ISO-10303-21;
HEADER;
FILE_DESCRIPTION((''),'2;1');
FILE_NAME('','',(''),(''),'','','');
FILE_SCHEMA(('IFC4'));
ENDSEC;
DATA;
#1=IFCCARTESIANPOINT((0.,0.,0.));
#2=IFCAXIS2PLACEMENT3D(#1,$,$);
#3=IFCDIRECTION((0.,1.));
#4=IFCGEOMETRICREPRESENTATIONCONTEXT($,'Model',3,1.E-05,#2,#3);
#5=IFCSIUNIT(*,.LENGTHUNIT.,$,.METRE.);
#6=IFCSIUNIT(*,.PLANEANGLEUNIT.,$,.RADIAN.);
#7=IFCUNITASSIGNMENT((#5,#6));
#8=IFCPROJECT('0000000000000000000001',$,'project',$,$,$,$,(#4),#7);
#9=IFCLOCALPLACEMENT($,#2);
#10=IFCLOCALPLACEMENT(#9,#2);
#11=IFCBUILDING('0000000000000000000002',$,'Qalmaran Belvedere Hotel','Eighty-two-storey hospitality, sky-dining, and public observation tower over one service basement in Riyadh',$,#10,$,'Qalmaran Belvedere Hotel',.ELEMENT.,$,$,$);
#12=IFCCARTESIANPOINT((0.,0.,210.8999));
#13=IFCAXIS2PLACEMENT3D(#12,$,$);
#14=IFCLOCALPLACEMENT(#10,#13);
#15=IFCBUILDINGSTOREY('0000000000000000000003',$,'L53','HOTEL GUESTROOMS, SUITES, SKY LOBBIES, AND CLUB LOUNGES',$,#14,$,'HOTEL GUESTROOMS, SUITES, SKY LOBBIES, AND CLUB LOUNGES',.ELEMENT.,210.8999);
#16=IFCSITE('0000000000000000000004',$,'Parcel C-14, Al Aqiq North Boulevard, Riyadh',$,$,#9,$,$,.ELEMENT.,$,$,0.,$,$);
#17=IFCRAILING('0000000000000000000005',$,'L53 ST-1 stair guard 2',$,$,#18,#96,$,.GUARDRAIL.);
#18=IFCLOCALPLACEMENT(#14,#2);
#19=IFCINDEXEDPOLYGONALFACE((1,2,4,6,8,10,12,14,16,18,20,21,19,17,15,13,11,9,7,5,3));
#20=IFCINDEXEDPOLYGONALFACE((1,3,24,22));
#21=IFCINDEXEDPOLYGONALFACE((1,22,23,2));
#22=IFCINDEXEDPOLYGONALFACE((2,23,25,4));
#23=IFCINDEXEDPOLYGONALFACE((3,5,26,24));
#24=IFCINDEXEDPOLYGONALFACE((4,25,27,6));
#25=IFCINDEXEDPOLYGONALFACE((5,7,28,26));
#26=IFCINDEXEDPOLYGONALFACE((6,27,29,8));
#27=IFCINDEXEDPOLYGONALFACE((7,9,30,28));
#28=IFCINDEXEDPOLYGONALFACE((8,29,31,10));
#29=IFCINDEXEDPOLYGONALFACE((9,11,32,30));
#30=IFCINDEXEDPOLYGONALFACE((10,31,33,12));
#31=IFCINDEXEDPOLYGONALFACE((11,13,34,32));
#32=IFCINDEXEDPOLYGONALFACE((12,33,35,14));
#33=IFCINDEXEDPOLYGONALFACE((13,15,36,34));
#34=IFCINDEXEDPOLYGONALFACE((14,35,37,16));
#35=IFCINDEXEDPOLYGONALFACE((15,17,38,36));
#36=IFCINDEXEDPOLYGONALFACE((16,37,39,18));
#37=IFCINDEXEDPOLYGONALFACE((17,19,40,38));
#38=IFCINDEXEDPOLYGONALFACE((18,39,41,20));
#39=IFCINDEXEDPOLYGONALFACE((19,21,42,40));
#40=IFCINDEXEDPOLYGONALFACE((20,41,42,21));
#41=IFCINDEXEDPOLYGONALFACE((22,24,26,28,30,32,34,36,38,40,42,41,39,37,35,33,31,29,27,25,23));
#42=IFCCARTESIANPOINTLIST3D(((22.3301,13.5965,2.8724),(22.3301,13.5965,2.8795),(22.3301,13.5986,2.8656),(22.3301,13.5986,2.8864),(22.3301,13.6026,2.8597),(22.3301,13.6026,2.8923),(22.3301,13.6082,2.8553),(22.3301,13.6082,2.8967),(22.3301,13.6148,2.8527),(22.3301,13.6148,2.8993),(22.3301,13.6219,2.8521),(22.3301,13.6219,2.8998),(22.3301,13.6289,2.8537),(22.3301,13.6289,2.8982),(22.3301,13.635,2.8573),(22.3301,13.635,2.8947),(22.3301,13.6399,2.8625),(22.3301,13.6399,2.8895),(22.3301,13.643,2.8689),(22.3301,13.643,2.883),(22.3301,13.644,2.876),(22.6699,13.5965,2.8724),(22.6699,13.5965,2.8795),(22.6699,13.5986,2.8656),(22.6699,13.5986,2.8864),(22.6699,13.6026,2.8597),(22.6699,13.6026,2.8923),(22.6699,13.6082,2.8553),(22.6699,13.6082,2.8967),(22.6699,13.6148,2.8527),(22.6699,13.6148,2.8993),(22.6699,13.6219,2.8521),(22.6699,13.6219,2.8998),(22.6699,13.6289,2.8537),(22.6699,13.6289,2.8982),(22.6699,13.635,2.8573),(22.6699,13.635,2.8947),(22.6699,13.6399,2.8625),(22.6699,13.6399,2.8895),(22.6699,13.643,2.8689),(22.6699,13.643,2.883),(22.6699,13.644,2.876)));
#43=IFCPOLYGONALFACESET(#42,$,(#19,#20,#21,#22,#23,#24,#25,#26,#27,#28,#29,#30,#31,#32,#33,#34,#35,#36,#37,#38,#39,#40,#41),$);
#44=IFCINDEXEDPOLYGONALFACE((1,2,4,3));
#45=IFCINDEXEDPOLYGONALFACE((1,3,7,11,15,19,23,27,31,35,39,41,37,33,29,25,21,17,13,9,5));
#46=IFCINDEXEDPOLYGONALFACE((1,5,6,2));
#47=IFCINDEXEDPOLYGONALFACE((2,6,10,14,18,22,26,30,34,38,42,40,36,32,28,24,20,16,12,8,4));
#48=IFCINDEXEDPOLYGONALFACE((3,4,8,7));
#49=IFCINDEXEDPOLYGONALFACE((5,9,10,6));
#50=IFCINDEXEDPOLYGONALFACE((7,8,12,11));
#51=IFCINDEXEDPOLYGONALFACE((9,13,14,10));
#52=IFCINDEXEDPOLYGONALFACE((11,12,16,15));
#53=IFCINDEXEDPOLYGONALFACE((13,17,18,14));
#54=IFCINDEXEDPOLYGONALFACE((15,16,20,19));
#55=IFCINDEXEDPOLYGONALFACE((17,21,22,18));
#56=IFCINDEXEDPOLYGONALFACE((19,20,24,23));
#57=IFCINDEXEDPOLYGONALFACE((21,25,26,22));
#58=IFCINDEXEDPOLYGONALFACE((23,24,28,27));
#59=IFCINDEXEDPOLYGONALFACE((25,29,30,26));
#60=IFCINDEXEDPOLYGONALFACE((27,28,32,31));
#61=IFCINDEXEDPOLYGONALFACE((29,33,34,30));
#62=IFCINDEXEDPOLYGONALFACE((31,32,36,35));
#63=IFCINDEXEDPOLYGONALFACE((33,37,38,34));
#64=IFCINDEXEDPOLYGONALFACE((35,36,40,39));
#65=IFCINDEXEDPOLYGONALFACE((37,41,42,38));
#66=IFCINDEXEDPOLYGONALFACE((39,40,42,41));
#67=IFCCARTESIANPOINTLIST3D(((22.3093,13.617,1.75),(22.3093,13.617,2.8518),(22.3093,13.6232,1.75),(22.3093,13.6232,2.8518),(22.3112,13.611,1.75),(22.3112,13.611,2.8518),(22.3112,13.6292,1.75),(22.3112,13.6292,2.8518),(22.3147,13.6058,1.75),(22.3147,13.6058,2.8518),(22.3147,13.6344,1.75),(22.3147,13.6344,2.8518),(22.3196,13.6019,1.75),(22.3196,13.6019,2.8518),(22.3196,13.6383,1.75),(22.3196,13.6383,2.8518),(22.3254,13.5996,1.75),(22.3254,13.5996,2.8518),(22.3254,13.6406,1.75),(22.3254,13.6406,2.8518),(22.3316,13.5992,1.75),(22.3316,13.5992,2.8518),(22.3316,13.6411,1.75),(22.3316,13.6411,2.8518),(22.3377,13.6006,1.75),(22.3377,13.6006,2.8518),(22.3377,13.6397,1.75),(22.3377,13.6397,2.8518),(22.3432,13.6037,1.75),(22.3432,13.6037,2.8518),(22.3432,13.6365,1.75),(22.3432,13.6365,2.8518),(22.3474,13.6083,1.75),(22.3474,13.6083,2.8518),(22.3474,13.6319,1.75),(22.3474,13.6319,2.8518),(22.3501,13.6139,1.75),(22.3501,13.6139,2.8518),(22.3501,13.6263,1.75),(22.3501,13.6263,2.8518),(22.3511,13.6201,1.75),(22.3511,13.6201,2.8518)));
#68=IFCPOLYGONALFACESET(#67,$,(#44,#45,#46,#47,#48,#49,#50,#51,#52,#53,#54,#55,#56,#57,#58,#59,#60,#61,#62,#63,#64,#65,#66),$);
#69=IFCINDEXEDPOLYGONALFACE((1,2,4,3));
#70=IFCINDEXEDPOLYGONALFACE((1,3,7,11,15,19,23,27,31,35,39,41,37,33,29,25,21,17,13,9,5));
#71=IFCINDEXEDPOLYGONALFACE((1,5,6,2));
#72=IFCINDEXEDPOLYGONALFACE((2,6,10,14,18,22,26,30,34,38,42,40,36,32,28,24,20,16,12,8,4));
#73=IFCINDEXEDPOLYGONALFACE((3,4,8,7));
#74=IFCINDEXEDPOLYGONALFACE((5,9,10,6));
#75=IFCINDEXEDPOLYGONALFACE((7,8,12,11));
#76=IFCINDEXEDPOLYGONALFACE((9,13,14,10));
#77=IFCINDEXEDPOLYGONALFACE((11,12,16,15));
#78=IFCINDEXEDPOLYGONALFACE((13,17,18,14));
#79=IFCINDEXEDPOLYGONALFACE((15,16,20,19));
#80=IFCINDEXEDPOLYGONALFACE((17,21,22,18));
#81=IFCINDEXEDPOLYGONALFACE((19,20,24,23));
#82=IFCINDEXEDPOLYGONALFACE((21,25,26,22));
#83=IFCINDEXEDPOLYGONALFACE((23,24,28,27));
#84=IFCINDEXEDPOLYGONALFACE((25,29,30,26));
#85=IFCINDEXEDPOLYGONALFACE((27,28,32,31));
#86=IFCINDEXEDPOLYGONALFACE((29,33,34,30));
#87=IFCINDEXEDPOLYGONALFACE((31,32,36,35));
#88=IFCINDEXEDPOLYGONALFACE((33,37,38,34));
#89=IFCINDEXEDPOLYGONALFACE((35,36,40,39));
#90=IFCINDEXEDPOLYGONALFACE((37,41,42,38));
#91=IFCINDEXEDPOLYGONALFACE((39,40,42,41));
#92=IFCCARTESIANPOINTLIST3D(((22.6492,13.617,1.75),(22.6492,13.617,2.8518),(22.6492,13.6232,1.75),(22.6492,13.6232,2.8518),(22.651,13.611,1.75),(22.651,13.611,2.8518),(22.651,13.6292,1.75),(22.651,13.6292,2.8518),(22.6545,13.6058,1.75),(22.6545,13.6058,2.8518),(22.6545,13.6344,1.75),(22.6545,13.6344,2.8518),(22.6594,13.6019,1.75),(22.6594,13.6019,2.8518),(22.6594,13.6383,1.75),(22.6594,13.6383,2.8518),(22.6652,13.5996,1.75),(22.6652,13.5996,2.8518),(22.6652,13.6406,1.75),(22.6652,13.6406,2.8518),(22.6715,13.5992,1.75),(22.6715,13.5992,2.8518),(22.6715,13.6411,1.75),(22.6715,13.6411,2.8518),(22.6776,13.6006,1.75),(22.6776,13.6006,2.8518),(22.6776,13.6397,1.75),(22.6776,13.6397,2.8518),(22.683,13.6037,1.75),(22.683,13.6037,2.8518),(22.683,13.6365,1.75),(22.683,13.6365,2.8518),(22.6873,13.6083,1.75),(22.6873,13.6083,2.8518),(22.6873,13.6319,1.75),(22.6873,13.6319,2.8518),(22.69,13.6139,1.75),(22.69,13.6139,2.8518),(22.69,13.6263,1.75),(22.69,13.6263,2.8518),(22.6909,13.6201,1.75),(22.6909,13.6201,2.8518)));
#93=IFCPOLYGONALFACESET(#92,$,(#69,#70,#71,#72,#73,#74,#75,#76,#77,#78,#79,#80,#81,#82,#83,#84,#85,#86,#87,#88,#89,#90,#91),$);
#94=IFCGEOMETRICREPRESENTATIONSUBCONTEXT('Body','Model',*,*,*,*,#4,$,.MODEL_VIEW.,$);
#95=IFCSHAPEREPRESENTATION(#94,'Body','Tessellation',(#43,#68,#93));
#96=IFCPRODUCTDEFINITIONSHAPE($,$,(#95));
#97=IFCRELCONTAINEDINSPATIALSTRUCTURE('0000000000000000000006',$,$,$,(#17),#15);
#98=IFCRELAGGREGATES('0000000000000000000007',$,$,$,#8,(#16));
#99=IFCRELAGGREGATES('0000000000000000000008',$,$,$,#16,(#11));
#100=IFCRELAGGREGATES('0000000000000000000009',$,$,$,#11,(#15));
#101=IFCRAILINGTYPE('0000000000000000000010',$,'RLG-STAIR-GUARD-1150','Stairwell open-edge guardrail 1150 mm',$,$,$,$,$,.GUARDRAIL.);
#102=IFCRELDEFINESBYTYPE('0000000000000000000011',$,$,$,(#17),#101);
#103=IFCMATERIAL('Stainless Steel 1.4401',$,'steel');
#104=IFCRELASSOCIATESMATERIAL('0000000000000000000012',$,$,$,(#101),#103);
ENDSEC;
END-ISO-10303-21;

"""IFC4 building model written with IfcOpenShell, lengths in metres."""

from ifc_helpers import new_model, si_unit, direction, frame, origin, origin_2d, place, context, subcontext, project, spatial, circle, extrude, material, type_object, element, save


model = new_model("IFC4")

# Units and contexts
model_context = context("Model", 3, precision=1e-05, world=origin(), true_north=direction((0.0, 1.0)))
body_context = subcontext(model_context, "Body", "Model", "MODEL_VIEW")
ifc_project = project(units=[si_unit("LENGTHUNIT", "METRE"), si_unit("PLANEANGLEUNIT", "RADIAN")], contexts=[model_context])

# Site, building, storey
site_placement = place(None, origin())
site = spatial("IfcSite", under=ifc_project, at=site_placement, Name="Parcel C-14, Al Aqiq North Boulevard, Riyadh", CompositionType="ELEMENT", RefElevation=0.0)
building_placement = place(site_placement, origin())
building = spatial("IfcBuilding", under=site, at=building_placement, Name="Qalmaran Belvedere Hotel", Description="Eighty-two-storey hospitality, sky-dining, and public observation tower over one service basement in Riyadh", LongName="Qalmaran Belvedere Hotel", CompositionType="ELEMENT")
storey_placement = place(building_placement, frame((0.0, 0.0, 210.8999)))
storey = spatial("IfcBuildingStorey", under=building, at=storey_placement, Name="L53", Description="HOTEL GUESTROOMS, SUITES, SKY LOBBIES, AND CLUB LOUNGES", LongName="HOTEL GUESTROOMS, SUITES, SKY LOBBIES, AND CLUB LOUNGES", CompositionType="ELEMENT", Elevation=210.8999)

# Shared definitions
ifc_material_1 = material(Name="Stainless Steel 1.4401", Category="steel")

# Railing
railing_type_1 = type_object("IfcRailingType", Name="RLG-STAIR-GUARD-1150", Description="Stairwell open-edge guardrail 1150 mm", PredefinedType="GUARDRAIL", material=ifc_material_1)
railing_1_placement = place(storey_placement, frame((22.3301, 13.6201, 1.75)))
element("IfcRailing", 1, at=railing_1_placement, inside=storey, type_object=railing_type_1, Name="L53 ST-1 stair guard 2", PredefinedType="GUARDRAIL", context=body_context, shape_type="SweptSolid", body=[
    extrude(circle(Radius=0.0239, at=origin_2d()), frame((0.0, 0.0, 1.126), z_axis=(1.0, 0.0, 0.0), x_axis=(0.0, 1.0, 0.0)), (0.0, 0.0, 1.0), 0.3398),
    extrude(circle(Radius=0.021, at=origin_2d()), origin(), (0.0, 0.0, 1.0), 1.1018),
    extrude(circle(Radius=0.021, at=origin_2d()), frame((0.3398, 0.0, 0.0)), (0.0, 0.0, 1.0), 1.1018),
])

save(model, "model.ifc")
